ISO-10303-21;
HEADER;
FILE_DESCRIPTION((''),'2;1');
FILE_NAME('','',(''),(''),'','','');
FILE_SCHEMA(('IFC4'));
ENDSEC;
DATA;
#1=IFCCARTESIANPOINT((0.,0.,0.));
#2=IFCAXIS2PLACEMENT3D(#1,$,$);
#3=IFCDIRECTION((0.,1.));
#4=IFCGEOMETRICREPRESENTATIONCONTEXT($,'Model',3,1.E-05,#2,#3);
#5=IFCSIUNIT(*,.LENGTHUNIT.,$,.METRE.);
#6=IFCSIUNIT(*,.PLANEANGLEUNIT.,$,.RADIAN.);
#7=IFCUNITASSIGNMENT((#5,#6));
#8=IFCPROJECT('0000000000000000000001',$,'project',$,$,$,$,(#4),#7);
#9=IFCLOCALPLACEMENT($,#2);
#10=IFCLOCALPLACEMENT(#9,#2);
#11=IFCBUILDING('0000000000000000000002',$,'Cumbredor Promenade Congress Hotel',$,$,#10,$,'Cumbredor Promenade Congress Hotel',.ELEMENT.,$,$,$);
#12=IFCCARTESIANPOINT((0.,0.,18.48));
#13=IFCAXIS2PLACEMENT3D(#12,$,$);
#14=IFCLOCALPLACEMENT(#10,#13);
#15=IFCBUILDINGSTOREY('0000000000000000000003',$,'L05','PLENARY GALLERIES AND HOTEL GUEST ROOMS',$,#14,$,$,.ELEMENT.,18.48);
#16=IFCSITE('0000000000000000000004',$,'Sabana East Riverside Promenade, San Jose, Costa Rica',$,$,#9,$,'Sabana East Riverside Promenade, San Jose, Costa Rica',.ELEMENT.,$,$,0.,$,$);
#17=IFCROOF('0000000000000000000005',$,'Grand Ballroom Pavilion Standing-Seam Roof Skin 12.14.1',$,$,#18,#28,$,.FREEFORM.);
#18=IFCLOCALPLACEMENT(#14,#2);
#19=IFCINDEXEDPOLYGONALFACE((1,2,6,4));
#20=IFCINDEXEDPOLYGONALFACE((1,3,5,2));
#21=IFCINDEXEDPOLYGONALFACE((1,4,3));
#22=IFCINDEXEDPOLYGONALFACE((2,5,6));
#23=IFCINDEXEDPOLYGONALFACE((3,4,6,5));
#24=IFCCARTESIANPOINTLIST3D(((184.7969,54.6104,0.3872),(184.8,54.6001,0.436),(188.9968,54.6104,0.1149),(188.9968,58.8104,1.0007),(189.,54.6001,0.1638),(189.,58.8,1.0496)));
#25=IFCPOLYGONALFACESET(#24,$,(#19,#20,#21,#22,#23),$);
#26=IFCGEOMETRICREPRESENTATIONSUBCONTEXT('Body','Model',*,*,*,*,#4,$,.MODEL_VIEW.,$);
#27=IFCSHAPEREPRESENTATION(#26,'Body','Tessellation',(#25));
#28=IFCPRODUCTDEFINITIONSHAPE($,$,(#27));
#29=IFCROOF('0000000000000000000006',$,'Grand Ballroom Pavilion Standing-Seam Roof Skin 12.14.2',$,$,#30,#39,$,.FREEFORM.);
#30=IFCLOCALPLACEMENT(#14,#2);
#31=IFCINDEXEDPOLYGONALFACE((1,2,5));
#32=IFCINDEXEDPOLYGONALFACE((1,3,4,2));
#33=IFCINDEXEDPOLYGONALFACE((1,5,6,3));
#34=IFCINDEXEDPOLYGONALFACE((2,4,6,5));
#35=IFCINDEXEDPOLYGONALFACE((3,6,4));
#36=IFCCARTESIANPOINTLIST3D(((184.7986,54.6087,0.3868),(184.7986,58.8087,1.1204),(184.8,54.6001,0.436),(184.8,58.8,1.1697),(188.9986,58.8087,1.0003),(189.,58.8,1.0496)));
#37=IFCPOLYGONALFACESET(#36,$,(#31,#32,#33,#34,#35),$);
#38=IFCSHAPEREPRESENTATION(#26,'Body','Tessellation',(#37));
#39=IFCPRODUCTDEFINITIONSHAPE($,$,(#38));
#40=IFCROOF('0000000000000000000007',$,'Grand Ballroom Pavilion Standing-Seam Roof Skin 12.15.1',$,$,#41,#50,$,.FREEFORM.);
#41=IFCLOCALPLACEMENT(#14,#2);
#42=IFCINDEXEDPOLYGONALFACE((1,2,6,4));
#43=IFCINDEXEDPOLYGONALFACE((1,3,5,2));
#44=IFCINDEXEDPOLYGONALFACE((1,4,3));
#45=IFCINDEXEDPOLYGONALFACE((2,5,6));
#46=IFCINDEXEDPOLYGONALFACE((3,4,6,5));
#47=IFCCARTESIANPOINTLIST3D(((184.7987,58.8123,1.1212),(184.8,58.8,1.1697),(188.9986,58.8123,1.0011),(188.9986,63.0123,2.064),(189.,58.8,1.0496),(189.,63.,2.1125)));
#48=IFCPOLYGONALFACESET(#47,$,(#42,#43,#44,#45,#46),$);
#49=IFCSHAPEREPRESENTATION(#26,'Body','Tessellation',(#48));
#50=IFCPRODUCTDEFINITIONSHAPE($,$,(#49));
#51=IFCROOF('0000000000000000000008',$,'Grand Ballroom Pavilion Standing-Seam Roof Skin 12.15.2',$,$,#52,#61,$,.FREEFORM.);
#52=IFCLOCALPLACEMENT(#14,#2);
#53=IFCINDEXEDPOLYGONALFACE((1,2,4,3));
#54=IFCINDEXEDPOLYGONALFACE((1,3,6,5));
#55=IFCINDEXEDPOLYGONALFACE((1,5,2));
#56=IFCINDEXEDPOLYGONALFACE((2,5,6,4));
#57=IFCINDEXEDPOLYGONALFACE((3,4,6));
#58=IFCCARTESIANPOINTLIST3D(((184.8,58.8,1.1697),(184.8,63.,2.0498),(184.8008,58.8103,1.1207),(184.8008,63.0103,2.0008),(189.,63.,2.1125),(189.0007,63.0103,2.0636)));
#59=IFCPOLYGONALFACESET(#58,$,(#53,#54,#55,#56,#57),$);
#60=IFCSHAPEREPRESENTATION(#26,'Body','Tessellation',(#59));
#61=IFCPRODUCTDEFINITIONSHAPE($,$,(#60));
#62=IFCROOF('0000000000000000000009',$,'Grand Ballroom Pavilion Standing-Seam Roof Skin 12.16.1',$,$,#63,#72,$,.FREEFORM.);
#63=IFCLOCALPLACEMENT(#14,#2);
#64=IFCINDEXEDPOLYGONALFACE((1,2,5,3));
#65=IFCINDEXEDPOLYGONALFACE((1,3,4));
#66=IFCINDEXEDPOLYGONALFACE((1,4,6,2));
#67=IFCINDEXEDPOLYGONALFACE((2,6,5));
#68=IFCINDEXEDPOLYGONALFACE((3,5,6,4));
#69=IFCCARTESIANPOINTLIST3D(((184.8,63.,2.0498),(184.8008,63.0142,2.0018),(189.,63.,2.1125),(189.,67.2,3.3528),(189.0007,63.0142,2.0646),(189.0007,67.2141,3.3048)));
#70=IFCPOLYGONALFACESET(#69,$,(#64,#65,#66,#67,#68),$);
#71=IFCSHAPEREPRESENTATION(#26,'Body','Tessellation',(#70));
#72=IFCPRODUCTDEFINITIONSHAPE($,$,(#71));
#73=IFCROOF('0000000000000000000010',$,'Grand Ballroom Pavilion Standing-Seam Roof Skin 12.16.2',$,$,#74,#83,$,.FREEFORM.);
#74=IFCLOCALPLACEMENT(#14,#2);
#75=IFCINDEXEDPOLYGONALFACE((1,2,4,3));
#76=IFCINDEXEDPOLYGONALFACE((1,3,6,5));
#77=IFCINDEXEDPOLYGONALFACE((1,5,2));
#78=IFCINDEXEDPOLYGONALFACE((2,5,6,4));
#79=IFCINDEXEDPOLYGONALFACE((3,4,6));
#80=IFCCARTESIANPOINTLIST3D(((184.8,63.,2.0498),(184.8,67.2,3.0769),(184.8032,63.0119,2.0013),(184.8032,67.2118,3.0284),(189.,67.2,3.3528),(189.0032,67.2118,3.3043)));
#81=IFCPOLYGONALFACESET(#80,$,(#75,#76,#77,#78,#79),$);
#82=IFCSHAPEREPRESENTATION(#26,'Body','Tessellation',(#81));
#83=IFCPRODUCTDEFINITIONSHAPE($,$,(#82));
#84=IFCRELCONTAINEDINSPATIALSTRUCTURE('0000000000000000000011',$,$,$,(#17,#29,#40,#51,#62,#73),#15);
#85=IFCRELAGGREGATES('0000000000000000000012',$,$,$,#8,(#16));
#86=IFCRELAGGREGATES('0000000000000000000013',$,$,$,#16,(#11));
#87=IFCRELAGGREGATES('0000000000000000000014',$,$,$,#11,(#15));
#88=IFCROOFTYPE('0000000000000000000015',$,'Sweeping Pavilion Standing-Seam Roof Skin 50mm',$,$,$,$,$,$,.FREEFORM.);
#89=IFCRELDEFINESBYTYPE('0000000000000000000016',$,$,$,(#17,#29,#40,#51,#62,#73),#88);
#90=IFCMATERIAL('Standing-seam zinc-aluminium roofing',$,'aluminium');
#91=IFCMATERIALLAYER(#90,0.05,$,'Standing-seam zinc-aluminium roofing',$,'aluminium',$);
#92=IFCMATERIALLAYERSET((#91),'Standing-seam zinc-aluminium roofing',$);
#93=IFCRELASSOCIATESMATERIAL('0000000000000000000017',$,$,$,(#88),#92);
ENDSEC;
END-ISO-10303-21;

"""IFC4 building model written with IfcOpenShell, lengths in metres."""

from ifc_helpers import new_model, si_unit, direction, frame, origin, place, context, subcontext, project, spatial, polyline, outline, extrude, material, layer, layer_set, type_object, element, save


model = new_model("IFC4")

# Units and contexts
model_context = context("Model", 3, precision=1e-05, world=origin(), true_north=direction((0.0, 1.0)))
body_context = subcontext(model_context, "Body", "Model", "MODEL_VIEW")
ifc_project = project(units=[si_unit("LENGTHUNIT", "METRE"), si_unit("PLANEANGLEUNIT", "RADIAN")], contexts=[model_context])

# Site, building, storey
site_placement = place(None, origin())
site = spatial("IfcSite", under=ifc_project, at=site_placement, Name="Sabana East Riverside Promenade, San Jose, Costa Rica", LongName="Sabana East Riverside Promenade, San Jose, Costa Rica", CompositionType="ELEMENT", RefElevation=0.0)
building_placement = place(site_placement, origin())
building = spatial("IfcBuilding", under=site, at=building_placement, Name="Cumbredor Promenade Congress Hotel", LongName="Cumbredor Promenade Congress Hotel", CompositionType="ELEMENT")
storey_placement = place(building_placement, frame((0.0, 0.0, 18.48)))
storey = spatial("IfcBuildingStorey", under=building, at=storey_placement, Name="L05", Description="PLENARY GALLERIES AND HOTEL GUEST ROOMS", CompositionType="ELEMENT", Elevation=18.48)

# Roofs
ifc_material_1 = material(Name="Standing-seam zinc-aluminium roofing", Category="aluminium")
ifc_layer_1 = layer(ifc_material_1, 0.05, Name="Standing-seam zinc-aluminium roofing", Category="aluminium")
ifc_layer_set_1 = layer_set([ifc_layer_1], Name="Standing-seam zinc-aluminium roofing")
roof_type = type_object("IfcRoofType", Name="Sweeping Pavilion Standing-Seam Roof Skin 50mm", PredefinedType="FREEFORM", material=ifc_layer_set_1)
roof_1_placement = place(storey_placement, frame((184.8, 54.6001, 0.436), z_axis=(0.063292, -0.205941, 0.976516), x_axis=(0.997906, 0.0, -0.064679)))
element("IfcRoof", 1, at=roof_1_placement, inside=storey, type_object=roof_type, Name="Grand Ballroom Pavilion Standing-Seam Roof Skin 12.14.1", PredefinedType="FREEFORM", context=body_context, shape_type="SweptSolid", body=[
    extrude(outline(polyline([(0.0, 0.0), (4.2088, 0.0), (4.1515, 4.292), (0.0, 0.0)])), origin(), (0.0, 0.0, -1.0), 0.05),
])
roof_2_placement = place(storey_placement, frame((184.8, 54.6001, 0.436), z_axis=(0.028162, -0.172005, 0.984693), x_axis=(0.703364, 0.703364, 0.102747)))
element("IfcRoof", 2, at=roof_2_placement, inside=storey, type_object=roof_type, Name="Grand Ballroom Pavilion Standing-Seam Roof Skin 12.14.2", PredefinedType="FREEFORM", context=body_context, shape_type="SweptSolid", body=[
    extrude(outline(polyline([(0.0, 0.0), (5.9712, 0.0), (3.0295, 3.0), (0.0, 0.0)])), origin(), (0.0, 0.0, -1.0), 0.05),
])
roof_3_placement = place(storey_placement, frame((184.8, 58.8, 1.1697), z_axis=(0.027715, -0.245265, 0.96906), x_axis=(0.999591, 0.0, -0.028588)))
element("IfcRoof", 3, at=roof_3_placement, inside=storey, type_object=roof_type, Name="Grand Ballroom Pavilion Standing-Seam Roof Skin 12.15.1", PredefinedType="FREEFORM", context=body_context, shape_type="SweptSolid", body=[
    extrude(outline(polyline([(0.0, 0.0), (4.2017, 0.0), (4.1713, 4.3323), (0.0, 0.0)])), origin(), (0.0, 0.0, -1.0), 0.05),
])
roof_4_placement = place(storey_placement, frame((184.8, 58.8, 1.1697), z_axis=(-0.01462, -0.20508, 0.978636), x_axis=(0.698362, 0.698362, 0.156779)))
element("IfcRoof", 4, at=roof_4_placement, inside=storey, type_object=roof_type, Name="Grand Ballroom Pavilion Standing-Seam Roof Skin 12.15.2", PredefinedType="FREEFORM", context=body_context, shape_type="SweptSolid", body=[
    extrude(outline(polyline([(0.0, 0.0), (6.014, 0.0), (3.0711, 2.9971), (0.0, 0.0)])), origin(), (0.0, 0.0, -1.0), 0.05),
])
roof_5_placement = place(storey_placement, frame((184.8, 63.0, 2.0498), z_axis=(-0.014326, -0.283178, 0.95896), x_axis=(0.999888, 0.0, 0.014938)))
element("IfcRoof", 5, at=roof_5_placement, inside=storey, type_object=roof_type, Name="Grand Ballroom Pavilion Standing-Seam Roof Skin 12.16.1", PredefinedType="FREEFORM", context=body_context, shape_type="SweptSolid", body=[
    extrude(outline(polyline([(0.0, 0.0), (4.2004, 0.0), (4.2189, 4.3792), (0.0, 0.0)])), origin(), (0.0, 0.0, -1.0), 0.05),
])
roof_6_placement = place(storey_placement, frame((184.8, 63.0, 2.0498), z_axis=(-0.063676, -0.237068, 0.969404), x_axis=(0.690683, 0.690683, 0.214275)))
element("IfcRoof", 6, at=roof_6_placement, inside=storey, type_object=roof_type, Name="Grand Ballroom Pavilion Standing-Seam Roof Skin 12.16.2", PredefinedType="FREEFORM", context=body_context, shape_type="SweptSolid", body=[
    extrude(outline(polyline([(0.0, 0.0), (6.0809, 0.0), (3.1209, 2.9924), (0.0, 0.0)])), origin(), (0.0, 0.0, -1.0), 0.05),
])

save(model, "model.ifc")
